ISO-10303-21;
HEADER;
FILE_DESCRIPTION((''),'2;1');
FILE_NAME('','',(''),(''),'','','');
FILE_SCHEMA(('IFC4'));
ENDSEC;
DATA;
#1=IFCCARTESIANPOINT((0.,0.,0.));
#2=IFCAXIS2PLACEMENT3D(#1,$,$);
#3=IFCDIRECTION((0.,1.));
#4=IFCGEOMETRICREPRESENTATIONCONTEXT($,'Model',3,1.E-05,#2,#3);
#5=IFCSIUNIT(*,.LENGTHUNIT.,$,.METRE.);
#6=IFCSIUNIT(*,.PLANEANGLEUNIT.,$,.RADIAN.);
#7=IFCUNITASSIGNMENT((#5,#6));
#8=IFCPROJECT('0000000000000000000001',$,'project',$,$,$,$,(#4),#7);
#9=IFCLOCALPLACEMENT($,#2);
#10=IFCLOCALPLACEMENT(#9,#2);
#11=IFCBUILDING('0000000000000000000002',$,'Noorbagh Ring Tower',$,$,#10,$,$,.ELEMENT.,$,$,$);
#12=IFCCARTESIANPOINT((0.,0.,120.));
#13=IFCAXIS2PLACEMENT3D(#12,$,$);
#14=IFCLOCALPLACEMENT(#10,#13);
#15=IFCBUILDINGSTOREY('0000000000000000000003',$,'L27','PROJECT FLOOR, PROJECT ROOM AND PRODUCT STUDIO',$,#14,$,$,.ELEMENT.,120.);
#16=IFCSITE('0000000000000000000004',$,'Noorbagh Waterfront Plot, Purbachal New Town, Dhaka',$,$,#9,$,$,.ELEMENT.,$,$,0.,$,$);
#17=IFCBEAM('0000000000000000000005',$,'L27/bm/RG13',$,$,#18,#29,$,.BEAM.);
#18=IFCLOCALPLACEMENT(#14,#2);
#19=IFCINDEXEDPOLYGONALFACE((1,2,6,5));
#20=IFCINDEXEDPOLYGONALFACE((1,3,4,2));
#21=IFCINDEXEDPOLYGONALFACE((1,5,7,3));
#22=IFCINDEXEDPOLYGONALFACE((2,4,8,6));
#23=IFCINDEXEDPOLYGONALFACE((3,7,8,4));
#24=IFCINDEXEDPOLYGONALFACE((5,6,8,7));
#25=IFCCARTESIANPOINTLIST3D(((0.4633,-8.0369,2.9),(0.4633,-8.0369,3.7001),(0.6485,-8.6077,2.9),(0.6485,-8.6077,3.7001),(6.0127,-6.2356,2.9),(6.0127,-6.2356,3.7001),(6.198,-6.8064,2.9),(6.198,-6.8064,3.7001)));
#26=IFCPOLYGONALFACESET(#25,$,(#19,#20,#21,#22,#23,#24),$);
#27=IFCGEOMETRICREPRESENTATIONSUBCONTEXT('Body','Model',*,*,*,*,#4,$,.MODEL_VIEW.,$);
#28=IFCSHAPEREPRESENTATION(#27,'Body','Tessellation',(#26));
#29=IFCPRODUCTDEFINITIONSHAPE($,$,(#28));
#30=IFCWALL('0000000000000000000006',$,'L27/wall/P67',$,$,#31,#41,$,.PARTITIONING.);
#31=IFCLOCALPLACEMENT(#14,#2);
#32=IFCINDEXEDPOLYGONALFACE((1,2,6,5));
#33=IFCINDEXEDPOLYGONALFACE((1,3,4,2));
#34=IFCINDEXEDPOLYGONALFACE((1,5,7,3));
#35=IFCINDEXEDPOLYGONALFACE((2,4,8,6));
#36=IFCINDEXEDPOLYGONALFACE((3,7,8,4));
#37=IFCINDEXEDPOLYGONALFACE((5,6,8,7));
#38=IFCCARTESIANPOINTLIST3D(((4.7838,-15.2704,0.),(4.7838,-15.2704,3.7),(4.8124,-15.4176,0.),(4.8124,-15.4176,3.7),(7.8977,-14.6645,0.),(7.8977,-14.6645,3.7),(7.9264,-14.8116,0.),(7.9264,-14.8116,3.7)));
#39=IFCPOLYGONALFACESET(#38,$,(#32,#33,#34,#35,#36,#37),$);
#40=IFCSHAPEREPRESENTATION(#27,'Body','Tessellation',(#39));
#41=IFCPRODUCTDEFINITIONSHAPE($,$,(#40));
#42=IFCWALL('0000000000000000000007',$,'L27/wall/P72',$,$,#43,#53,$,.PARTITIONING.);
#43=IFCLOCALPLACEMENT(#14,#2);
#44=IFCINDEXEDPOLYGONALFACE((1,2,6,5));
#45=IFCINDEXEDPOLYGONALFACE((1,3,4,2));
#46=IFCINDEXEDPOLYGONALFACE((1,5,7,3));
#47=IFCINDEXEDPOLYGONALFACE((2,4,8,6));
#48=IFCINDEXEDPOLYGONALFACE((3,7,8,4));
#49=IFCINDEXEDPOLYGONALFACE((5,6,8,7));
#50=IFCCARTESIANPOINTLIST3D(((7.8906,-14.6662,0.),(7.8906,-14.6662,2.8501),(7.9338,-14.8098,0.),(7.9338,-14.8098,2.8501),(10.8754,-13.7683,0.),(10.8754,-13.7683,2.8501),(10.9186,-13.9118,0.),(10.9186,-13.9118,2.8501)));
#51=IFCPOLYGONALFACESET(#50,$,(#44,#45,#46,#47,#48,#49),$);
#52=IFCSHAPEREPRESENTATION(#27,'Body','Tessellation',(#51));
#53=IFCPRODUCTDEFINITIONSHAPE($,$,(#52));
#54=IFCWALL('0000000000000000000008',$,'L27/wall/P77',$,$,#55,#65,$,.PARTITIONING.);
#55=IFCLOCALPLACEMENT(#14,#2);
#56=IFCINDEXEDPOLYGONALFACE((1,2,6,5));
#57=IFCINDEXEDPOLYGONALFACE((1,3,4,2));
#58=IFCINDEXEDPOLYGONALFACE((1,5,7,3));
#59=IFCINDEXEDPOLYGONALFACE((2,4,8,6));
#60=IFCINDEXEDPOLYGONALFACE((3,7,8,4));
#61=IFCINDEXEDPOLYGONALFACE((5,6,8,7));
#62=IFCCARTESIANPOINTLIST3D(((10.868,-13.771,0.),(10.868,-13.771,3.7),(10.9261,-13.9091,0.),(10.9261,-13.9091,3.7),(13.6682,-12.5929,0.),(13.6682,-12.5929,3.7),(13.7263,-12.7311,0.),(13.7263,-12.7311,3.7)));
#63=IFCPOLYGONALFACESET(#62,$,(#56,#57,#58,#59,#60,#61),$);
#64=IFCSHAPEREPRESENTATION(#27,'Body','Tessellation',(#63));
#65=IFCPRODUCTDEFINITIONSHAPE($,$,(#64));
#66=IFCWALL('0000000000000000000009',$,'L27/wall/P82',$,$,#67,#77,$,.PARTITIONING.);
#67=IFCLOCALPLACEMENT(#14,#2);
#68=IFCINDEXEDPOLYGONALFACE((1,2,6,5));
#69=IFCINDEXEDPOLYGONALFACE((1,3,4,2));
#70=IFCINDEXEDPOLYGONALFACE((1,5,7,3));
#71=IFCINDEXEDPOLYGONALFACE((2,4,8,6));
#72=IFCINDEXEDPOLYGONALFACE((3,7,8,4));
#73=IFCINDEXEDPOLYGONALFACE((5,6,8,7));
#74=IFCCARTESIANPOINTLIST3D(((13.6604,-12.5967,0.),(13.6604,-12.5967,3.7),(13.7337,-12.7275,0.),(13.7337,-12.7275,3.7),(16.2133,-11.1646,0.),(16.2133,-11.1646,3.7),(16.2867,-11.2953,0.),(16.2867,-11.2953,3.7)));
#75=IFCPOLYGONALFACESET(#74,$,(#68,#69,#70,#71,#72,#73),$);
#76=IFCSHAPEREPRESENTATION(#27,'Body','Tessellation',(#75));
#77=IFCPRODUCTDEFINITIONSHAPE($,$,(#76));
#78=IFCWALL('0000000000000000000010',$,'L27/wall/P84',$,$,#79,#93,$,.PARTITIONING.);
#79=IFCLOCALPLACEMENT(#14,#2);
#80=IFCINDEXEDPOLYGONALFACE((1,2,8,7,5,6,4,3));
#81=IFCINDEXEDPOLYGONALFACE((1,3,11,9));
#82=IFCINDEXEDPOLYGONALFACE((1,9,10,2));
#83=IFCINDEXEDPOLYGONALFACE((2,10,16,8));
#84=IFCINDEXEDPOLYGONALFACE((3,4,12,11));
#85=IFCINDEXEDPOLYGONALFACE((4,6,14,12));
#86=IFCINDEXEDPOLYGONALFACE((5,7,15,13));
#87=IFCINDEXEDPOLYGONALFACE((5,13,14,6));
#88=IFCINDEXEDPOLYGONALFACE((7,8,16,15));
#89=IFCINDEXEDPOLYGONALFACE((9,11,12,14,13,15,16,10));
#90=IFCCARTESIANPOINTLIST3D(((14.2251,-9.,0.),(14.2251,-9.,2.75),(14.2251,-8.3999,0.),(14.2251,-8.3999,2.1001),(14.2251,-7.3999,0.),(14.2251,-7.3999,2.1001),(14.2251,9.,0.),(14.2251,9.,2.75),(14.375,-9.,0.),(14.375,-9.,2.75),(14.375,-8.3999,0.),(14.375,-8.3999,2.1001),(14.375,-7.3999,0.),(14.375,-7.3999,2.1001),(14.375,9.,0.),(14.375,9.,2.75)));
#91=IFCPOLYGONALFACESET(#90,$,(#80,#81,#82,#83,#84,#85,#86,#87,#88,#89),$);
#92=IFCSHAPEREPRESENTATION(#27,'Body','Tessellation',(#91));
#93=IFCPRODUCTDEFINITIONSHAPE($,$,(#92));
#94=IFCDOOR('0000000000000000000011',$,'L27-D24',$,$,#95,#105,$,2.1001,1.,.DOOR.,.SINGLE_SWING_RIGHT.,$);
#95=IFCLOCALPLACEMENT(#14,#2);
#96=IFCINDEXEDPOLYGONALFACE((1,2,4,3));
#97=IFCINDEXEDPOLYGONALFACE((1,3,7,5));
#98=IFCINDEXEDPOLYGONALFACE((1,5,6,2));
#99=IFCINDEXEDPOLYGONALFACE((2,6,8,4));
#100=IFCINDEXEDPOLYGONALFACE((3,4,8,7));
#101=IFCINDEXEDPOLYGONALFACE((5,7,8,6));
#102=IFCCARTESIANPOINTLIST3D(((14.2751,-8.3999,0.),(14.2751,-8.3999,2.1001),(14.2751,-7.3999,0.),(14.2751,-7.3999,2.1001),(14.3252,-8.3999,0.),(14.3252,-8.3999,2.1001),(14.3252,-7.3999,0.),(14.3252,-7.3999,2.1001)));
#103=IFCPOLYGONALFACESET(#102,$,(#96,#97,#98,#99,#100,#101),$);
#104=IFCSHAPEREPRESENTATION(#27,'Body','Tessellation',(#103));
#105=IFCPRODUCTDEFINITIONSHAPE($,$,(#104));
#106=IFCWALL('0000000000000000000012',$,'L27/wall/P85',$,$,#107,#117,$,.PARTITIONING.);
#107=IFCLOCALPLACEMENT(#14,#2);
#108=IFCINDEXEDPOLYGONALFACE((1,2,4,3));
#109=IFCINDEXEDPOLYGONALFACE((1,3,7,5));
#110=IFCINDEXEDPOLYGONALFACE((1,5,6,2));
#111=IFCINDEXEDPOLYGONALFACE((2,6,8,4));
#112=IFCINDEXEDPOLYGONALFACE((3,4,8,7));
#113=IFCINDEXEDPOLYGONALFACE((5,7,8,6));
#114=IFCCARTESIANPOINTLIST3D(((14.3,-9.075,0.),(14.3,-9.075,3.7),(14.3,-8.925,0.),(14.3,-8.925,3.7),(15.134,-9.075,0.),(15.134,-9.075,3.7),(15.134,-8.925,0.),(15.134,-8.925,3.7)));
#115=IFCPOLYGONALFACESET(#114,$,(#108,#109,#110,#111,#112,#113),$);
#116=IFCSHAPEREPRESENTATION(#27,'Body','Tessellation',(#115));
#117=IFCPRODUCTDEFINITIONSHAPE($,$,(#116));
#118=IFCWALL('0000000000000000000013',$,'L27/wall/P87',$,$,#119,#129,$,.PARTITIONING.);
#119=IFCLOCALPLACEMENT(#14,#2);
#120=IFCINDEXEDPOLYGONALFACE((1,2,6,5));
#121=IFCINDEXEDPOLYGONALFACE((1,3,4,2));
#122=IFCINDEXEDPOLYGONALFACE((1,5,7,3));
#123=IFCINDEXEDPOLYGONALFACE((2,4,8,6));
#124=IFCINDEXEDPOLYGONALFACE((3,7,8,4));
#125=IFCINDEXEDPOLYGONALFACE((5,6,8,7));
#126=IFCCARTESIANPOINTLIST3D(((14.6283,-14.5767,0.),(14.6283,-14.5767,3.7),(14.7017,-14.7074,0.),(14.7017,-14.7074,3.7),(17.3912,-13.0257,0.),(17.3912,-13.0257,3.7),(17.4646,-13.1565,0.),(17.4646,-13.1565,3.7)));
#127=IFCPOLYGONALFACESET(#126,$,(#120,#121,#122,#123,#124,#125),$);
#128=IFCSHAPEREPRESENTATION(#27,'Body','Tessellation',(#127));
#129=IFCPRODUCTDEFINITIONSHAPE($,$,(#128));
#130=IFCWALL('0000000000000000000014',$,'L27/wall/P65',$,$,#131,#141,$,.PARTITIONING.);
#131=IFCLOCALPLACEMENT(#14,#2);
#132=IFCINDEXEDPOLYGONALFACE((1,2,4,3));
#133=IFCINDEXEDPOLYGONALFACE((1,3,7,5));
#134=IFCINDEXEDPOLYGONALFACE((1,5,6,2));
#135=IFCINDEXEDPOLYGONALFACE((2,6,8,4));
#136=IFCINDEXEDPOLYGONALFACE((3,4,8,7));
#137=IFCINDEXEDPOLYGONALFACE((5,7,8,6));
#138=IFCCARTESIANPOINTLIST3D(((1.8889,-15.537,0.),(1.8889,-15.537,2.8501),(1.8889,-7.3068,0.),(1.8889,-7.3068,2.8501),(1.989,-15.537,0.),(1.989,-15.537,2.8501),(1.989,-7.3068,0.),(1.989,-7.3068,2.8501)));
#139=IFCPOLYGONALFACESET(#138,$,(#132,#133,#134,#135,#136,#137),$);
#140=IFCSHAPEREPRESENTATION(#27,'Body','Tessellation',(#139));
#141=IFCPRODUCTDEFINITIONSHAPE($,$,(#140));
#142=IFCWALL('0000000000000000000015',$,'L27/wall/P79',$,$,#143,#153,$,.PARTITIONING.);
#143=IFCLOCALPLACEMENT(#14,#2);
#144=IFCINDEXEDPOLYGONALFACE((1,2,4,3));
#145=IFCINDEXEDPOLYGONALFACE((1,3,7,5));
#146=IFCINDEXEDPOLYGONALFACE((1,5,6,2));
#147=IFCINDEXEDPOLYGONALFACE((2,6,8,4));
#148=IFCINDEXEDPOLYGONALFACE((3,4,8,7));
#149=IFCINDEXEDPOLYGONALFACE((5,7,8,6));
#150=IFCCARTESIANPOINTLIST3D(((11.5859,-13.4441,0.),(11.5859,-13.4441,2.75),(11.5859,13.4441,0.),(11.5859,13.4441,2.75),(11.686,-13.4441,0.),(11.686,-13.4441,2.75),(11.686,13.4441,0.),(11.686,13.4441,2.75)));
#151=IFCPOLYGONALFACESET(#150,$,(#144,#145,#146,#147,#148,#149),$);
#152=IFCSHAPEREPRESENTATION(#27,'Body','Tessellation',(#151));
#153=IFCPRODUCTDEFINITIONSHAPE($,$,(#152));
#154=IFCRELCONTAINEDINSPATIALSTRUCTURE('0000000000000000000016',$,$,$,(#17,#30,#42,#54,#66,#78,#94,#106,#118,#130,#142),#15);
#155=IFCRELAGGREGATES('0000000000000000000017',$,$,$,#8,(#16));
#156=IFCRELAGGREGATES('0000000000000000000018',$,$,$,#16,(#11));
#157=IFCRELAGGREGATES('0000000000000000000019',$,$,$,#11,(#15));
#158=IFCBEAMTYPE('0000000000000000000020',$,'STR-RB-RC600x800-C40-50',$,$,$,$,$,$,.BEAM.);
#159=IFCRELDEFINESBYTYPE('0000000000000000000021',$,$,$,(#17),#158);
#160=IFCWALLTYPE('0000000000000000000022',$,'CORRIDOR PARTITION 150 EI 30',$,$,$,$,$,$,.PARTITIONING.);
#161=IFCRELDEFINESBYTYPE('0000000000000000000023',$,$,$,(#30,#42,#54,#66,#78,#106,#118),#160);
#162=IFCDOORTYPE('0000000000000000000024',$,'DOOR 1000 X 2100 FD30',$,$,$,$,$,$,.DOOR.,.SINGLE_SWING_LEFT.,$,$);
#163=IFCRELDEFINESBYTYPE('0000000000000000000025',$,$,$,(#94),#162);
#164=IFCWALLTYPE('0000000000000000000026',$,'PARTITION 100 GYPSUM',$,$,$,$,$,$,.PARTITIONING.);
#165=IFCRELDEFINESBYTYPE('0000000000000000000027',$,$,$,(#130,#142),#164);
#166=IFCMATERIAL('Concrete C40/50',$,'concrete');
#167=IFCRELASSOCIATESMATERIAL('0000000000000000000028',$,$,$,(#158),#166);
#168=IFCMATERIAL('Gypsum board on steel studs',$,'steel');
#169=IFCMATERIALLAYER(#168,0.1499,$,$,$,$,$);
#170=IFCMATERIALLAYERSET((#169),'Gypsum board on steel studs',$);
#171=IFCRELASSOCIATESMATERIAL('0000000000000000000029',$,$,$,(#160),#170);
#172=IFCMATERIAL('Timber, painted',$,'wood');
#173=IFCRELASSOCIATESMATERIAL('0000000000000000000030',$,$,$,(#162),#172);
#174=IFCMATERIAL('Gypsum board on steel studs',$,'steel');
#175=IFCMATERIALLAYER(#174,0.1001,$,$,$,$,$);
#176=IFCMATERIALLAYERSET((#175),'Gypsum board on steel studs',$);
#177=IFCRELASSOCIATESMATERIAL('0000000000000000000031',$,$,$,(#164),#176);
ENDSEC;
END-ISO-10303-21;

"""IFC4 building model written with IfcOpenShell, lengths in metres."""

from ifc_helpers import new_model, si_unit, direction, frame, frame_2d, origin, origin_2d, place, context, subcontext, project, spatial, rectangle, extrude, material, layer, layer_set, material_profile, profile_set, type_object, element, fill, save


model = new_model("IFC4")

# Units and contexts
model_context = context("Model", 3, precision=1e-05, world=origin(), true_north=direction((0.0, 1.0)))
body_context = subcontext(model_context, "Body", "Model", "MODEL_VIEW")
ifc_project = project(units=[si_unit("LENGTHUNIT", "METRE"), si_unit("PLANEANGLEUNIT", "RADIAN")], contexts=[model_context])

# Site, building, storey
site_placement = place(None, origin())
site = spatial("IfcSite", under=ifc_project, at=site_placement, Name="Noorbagh Waterfront Plot, Purbachal New Town, Dhaka", CompositionType="ELEMENT", RefElevation=0.0)
building_placement = place(site_placement, origin())
building = spatial("IfcBuilding", under=site, at=building_placement, Name="Noorbagh Ring Tower", CompositionType="ELEMENT")
storey_placement = place(building_placement, frame((0.0, 0.0, 120.0)))
storey = spatial("IfcBuildingStorey", under=building, at=storey_placement, Name="L27", Description="PROJECT FLOOR, PROJECT ROOM AND PRODUCT STUDIO", CompositionType="ELEMENT", Elevation=120.0)

# Beam
ifc_material_1 = material(Name="Concrete C40/50", Category="concrete")
ifc_material_profile = material_profile(ifc_material_1, rectangle(XDim=0.6001, YDim=0.8, at=origin_2d()), Name="RC600x800")
ifc_profile_set = profile_set([ifc_material_profile], Name="Concrete C40/50")
beam_type = type_object("IfcBeamType", Name="STR-RB-RC600x800-C40-50", PredefinedType="BEAM", material=ifc_profile_set)
beam_placement = place(storey_placement, frame((0.5559, -8.3223, 3.3), z_axis=(0.951152, 0.308724, 0.0), x_axis=(-0.308724, 0.951152, 0.0)))
element("IfcBeam", 1, at=beam_placement, inside=storey, type_object=beam_type, Name="L27/bm/RG13", PredefinedType="BEAM", context=body_context, shape_type="SweptSolid", body=[
    extrude(rectangle(XDim=0.6001, YDim=0.8, at=origin_2d()), origin(), (0.0, 0.0, 1.0), 5.8345),
])

# Walls
ifc_material_2 = material(Name="Gypsum board on steel studs", Category="steel")
ifc_layer_1 = layer(ifc_material_2, 0.1499)
ifc_layer_set_1 = layer_set([ifc_layer_1], Name="Gypsum board on steel studs")
wall_type_1 = type_object("IfcWallType", Name="CORRIDOR PARTITION 150 EI 30", PredefinedType="PARTITIONING", material=ifc_layer_set_1)
wall_1_placement = place(storey_placement, frame((4.7981, -15.344, 0.0), z_axis=(0.0, 0.0, 1.0), x_axis=(0.981589, 0.191008, 0.0)))
element("IfcWall", 2, at=wall_1_placement, inside=storey, type_object=wall_type_1, Name="L27/wall/P67", PredefinedType="PARTITIONING", context=body_context, shape_type="SweptSolid", body=[
    extrude(rectangle(XDim=3.1724, YDim=0.1499, at=frame_2d((1.5862, 0.0))), origin(), (0.0, 0.0, 1.0), 3.7),
])
wall_2_placement = place(storey_placement, frame((7.9121, -14.738, 0.0), z_axis=(0.0, 0.0, 1.0), x_axis=(0.957606, 0.288081, 0.0)))
element("IfcWall", 3, at=wall_2_placement, inside=storey, type_object=wall_type_1, Name="L27/wall/P72", PredefinedType="PARTITIONING", context=body_context, shape_type="SweptSolid", body=[
    extrude(rectangle(XDim=3.1169, YDim=0.1499, at=frame_2d((1.5586, 0.0))), origin(), (0.0, 0.0, 1.0), 2.8501),
])
wall_3_placement = place(storey_placement, frame((10.897, -13.8401, 0.0), z_axis=(0.0, 0.0, 1.0), x_axis=(0.921752, 0.38778, 0.0)))
element("IfcWall", 4, at=wall_3_placement, inside=storey, type_object=wall_type_1, Name="L27/wall/P77", PredefinedType="PARTITIONING", context=body_context, shape_type="SweptSolid", body=[
    extrude(rectangle(XDim=3.0378, YDim=0.1499, at=frame_2d((1.519, 0.0))), origin(), (0.0, 0.0, 1.0), 3.7),
])
wall_4_placement = place(storey_placement, frame((13.697, -12.6621, 0.0), z_axis=(0.0, 0.0, 1.0), x_axis=(0.872147, 0.489243, 0.0)))
element("IfcWall", 5, at=wall_4_placement, inside=storey, type_object=wall_type_1, Name="L27/wall/P82", PredefinedType="PARTITIONING", context=body_context, shape_type="SweptSolid", body=[
    extrude(rectangle(XDim=2.9272, YDim=0.1499, at=frame_2d((1.4636, 0.0))), origin(), (0.0, 0.0, 1.0), 3.7),
])

# Wall, opening, door
wall_5_placement = place(storey_placement, frame((14.3, -9.0, 0.0), z_axis=(0.0, 0.0, 1.0), x_axis=(0.0, 1.0, 0.0)))
wall_5 = element("IfcWall", 6, at=wall_5_placement, inside=storey, type_object=wall_type_1, Name="L27/wall/P84", PredefinedType="PARTITIONING", context=body_context, shape_type="SweptSolid", body=[
    extrude(rectangle(XDim=18.0, YDim=0.1499, at=frame_2d((9.0, 0.0))), origin(), (0.0, 0.0, 1.0), 2.75),
])
opening_placement = place(wall_5_placement, frame((0.6001, 0.0, 0.0)))
opening = element("IfcOpeningElement", 7, at=opening_placement, cuts=wall_5, PredefinedType="OPENING", context=body_context, shape_type="SweptSolid", body=[
    extrude(rectangle(XDim=1.0, YDim=2.1001, at=frame_2d((0.5, 1.05))), frame((0.0, 0.085, 0.0), z_axis=(0.0, -1.0, 0.0), x_axis=(1.0, 0.0, 0.0)), (0.0, 0.0, 1.0), 0.1699),
])
ifc_material_3 = material(Name="Timber, painted", Category="wood")
door_type = type_object("IfcDoorType", Name="DOOR 1000 X 2100 FD30", OperationType="SINGLE_SWING_LEFT", PredefinedType="DOOR", material=ifc_material_3)
door_placement = place(opening_placement, origin())
door = element("IfcDoor", 8, at=door_placement, inside=storey, type_object=door_type, Name="L27-D24", OperationType="SINGLE_SWING_RIGHT", OverallHeight=2.1001, OverallWidth=1.0, PredefinedType="DOOR", context=body_context, shape_type="SweptSolid", body=[
    extrude(rectangle(XDim=1.0, YDim=2.1001, at=frame_2d((0.5, 1.05))), frame((0.0, 0.0249, 0.0), z_axis=(0.0, -1.0, 0.0), x_axis=(1.0, 0.0, 0.0)), (0.0, 0.0, 1.0), 0.05),
])
fill(opening, door)

# Walls
wall_6_placement = place(storey_placement, frame((14.3, -9.0, 0.0), z_axis=(0.0, 0.0, 1.0), x_axis=(1.0, 0.0, 0.0)))
element("IfcWall", 9, at=wall_6_placement, inside=storey, type_object=wall_type_1, Name="L27/wall/P85", PredefinedType="PARTITIONING", context=body_context, shape_type="SweptSolid", body=[
    extrude(rectangle(XDim=0.834, YDim=0.1499, at=frame_2d((0.417, 0.0))), origin(), (0.0, 0.0, 1.0), 3.7),
])
wall_7_placement = place(storey_placement, frame((14.665, -14.6421, 0.0), z_axis=(0.0, 0.0, 1.0), x_axis=(0.871997, 0.489511, 0.0)))
element("IfcWall", 10, at=wall_7_placement, inside=storey, type_object=wall_type_1, Name="L27/wall/P87", PredefinedType="PARTITIONING", context=body_context, shape_type="SweptSolid", body=[
    extrude(rectangle(XDim=3.1685, YDim=0.1499, at=frame_2d((1.5842, 0.0))), origin(), (0.0, 0.0, 1.0), 3.7),
])
ifc_material_4 = material(Name="Gypsum board on steel studs", Category="steel")
ifc_layer_2 = layer(ifc_material_4, 0.1001)
ifc_layer_set_2 = layer_set([ifc_layer_2], Name="Gypsum board on steel studs")
wall_type_2 = type_object("IfcWallType", Name="PARTITION 100 GYPSUM", PredefinedType="PARTITIONING", material=ifc_layer_set_2)
wall_8_placement = place(storey_placement, frame((1.939, -15.5371, 0.0), z_axis=(0.0, 0.0, 1.0), x_axis=(0.0, 1.0, 0.0)))
element("IfcWall", 11, at=wall_8_placement, inside=storey, type_object=wall_type_2, Name="L27/wall/P65", PredefinedType="PARTITIONING", context=body_context, shape_type="SweptSolid", body=[
    extrude(rectangle(XDim=8.2302, YDim=0.1001, at=frame_2d((4.1152, 0.0))), origin(), (0.0, 0.0, 1.0), 2.8501),
])
wall_9_placement = place(storey_placement, frame((11.636, -13.4441, 0.0), z_axis=(0.0, 0.0, 1.0), x_axis=(0.0, 1.0, 0.0)))
element("IfcWall", 12, at=wall_9_placement, inside=storey, type_object=wall_type_2, Name="L27/wall/P79", PredefinedType="PARTITIONING", context=body_context, shape_type="SweptSolid", body=[
    extrude(rectangle(XDim=26.8882, YDim=0.1001, at=frame_2d((13.4441, 0.0))), origin(), (0.0, 0.0, 1.0), 2.75),
])

save(model, "model.ifc")
